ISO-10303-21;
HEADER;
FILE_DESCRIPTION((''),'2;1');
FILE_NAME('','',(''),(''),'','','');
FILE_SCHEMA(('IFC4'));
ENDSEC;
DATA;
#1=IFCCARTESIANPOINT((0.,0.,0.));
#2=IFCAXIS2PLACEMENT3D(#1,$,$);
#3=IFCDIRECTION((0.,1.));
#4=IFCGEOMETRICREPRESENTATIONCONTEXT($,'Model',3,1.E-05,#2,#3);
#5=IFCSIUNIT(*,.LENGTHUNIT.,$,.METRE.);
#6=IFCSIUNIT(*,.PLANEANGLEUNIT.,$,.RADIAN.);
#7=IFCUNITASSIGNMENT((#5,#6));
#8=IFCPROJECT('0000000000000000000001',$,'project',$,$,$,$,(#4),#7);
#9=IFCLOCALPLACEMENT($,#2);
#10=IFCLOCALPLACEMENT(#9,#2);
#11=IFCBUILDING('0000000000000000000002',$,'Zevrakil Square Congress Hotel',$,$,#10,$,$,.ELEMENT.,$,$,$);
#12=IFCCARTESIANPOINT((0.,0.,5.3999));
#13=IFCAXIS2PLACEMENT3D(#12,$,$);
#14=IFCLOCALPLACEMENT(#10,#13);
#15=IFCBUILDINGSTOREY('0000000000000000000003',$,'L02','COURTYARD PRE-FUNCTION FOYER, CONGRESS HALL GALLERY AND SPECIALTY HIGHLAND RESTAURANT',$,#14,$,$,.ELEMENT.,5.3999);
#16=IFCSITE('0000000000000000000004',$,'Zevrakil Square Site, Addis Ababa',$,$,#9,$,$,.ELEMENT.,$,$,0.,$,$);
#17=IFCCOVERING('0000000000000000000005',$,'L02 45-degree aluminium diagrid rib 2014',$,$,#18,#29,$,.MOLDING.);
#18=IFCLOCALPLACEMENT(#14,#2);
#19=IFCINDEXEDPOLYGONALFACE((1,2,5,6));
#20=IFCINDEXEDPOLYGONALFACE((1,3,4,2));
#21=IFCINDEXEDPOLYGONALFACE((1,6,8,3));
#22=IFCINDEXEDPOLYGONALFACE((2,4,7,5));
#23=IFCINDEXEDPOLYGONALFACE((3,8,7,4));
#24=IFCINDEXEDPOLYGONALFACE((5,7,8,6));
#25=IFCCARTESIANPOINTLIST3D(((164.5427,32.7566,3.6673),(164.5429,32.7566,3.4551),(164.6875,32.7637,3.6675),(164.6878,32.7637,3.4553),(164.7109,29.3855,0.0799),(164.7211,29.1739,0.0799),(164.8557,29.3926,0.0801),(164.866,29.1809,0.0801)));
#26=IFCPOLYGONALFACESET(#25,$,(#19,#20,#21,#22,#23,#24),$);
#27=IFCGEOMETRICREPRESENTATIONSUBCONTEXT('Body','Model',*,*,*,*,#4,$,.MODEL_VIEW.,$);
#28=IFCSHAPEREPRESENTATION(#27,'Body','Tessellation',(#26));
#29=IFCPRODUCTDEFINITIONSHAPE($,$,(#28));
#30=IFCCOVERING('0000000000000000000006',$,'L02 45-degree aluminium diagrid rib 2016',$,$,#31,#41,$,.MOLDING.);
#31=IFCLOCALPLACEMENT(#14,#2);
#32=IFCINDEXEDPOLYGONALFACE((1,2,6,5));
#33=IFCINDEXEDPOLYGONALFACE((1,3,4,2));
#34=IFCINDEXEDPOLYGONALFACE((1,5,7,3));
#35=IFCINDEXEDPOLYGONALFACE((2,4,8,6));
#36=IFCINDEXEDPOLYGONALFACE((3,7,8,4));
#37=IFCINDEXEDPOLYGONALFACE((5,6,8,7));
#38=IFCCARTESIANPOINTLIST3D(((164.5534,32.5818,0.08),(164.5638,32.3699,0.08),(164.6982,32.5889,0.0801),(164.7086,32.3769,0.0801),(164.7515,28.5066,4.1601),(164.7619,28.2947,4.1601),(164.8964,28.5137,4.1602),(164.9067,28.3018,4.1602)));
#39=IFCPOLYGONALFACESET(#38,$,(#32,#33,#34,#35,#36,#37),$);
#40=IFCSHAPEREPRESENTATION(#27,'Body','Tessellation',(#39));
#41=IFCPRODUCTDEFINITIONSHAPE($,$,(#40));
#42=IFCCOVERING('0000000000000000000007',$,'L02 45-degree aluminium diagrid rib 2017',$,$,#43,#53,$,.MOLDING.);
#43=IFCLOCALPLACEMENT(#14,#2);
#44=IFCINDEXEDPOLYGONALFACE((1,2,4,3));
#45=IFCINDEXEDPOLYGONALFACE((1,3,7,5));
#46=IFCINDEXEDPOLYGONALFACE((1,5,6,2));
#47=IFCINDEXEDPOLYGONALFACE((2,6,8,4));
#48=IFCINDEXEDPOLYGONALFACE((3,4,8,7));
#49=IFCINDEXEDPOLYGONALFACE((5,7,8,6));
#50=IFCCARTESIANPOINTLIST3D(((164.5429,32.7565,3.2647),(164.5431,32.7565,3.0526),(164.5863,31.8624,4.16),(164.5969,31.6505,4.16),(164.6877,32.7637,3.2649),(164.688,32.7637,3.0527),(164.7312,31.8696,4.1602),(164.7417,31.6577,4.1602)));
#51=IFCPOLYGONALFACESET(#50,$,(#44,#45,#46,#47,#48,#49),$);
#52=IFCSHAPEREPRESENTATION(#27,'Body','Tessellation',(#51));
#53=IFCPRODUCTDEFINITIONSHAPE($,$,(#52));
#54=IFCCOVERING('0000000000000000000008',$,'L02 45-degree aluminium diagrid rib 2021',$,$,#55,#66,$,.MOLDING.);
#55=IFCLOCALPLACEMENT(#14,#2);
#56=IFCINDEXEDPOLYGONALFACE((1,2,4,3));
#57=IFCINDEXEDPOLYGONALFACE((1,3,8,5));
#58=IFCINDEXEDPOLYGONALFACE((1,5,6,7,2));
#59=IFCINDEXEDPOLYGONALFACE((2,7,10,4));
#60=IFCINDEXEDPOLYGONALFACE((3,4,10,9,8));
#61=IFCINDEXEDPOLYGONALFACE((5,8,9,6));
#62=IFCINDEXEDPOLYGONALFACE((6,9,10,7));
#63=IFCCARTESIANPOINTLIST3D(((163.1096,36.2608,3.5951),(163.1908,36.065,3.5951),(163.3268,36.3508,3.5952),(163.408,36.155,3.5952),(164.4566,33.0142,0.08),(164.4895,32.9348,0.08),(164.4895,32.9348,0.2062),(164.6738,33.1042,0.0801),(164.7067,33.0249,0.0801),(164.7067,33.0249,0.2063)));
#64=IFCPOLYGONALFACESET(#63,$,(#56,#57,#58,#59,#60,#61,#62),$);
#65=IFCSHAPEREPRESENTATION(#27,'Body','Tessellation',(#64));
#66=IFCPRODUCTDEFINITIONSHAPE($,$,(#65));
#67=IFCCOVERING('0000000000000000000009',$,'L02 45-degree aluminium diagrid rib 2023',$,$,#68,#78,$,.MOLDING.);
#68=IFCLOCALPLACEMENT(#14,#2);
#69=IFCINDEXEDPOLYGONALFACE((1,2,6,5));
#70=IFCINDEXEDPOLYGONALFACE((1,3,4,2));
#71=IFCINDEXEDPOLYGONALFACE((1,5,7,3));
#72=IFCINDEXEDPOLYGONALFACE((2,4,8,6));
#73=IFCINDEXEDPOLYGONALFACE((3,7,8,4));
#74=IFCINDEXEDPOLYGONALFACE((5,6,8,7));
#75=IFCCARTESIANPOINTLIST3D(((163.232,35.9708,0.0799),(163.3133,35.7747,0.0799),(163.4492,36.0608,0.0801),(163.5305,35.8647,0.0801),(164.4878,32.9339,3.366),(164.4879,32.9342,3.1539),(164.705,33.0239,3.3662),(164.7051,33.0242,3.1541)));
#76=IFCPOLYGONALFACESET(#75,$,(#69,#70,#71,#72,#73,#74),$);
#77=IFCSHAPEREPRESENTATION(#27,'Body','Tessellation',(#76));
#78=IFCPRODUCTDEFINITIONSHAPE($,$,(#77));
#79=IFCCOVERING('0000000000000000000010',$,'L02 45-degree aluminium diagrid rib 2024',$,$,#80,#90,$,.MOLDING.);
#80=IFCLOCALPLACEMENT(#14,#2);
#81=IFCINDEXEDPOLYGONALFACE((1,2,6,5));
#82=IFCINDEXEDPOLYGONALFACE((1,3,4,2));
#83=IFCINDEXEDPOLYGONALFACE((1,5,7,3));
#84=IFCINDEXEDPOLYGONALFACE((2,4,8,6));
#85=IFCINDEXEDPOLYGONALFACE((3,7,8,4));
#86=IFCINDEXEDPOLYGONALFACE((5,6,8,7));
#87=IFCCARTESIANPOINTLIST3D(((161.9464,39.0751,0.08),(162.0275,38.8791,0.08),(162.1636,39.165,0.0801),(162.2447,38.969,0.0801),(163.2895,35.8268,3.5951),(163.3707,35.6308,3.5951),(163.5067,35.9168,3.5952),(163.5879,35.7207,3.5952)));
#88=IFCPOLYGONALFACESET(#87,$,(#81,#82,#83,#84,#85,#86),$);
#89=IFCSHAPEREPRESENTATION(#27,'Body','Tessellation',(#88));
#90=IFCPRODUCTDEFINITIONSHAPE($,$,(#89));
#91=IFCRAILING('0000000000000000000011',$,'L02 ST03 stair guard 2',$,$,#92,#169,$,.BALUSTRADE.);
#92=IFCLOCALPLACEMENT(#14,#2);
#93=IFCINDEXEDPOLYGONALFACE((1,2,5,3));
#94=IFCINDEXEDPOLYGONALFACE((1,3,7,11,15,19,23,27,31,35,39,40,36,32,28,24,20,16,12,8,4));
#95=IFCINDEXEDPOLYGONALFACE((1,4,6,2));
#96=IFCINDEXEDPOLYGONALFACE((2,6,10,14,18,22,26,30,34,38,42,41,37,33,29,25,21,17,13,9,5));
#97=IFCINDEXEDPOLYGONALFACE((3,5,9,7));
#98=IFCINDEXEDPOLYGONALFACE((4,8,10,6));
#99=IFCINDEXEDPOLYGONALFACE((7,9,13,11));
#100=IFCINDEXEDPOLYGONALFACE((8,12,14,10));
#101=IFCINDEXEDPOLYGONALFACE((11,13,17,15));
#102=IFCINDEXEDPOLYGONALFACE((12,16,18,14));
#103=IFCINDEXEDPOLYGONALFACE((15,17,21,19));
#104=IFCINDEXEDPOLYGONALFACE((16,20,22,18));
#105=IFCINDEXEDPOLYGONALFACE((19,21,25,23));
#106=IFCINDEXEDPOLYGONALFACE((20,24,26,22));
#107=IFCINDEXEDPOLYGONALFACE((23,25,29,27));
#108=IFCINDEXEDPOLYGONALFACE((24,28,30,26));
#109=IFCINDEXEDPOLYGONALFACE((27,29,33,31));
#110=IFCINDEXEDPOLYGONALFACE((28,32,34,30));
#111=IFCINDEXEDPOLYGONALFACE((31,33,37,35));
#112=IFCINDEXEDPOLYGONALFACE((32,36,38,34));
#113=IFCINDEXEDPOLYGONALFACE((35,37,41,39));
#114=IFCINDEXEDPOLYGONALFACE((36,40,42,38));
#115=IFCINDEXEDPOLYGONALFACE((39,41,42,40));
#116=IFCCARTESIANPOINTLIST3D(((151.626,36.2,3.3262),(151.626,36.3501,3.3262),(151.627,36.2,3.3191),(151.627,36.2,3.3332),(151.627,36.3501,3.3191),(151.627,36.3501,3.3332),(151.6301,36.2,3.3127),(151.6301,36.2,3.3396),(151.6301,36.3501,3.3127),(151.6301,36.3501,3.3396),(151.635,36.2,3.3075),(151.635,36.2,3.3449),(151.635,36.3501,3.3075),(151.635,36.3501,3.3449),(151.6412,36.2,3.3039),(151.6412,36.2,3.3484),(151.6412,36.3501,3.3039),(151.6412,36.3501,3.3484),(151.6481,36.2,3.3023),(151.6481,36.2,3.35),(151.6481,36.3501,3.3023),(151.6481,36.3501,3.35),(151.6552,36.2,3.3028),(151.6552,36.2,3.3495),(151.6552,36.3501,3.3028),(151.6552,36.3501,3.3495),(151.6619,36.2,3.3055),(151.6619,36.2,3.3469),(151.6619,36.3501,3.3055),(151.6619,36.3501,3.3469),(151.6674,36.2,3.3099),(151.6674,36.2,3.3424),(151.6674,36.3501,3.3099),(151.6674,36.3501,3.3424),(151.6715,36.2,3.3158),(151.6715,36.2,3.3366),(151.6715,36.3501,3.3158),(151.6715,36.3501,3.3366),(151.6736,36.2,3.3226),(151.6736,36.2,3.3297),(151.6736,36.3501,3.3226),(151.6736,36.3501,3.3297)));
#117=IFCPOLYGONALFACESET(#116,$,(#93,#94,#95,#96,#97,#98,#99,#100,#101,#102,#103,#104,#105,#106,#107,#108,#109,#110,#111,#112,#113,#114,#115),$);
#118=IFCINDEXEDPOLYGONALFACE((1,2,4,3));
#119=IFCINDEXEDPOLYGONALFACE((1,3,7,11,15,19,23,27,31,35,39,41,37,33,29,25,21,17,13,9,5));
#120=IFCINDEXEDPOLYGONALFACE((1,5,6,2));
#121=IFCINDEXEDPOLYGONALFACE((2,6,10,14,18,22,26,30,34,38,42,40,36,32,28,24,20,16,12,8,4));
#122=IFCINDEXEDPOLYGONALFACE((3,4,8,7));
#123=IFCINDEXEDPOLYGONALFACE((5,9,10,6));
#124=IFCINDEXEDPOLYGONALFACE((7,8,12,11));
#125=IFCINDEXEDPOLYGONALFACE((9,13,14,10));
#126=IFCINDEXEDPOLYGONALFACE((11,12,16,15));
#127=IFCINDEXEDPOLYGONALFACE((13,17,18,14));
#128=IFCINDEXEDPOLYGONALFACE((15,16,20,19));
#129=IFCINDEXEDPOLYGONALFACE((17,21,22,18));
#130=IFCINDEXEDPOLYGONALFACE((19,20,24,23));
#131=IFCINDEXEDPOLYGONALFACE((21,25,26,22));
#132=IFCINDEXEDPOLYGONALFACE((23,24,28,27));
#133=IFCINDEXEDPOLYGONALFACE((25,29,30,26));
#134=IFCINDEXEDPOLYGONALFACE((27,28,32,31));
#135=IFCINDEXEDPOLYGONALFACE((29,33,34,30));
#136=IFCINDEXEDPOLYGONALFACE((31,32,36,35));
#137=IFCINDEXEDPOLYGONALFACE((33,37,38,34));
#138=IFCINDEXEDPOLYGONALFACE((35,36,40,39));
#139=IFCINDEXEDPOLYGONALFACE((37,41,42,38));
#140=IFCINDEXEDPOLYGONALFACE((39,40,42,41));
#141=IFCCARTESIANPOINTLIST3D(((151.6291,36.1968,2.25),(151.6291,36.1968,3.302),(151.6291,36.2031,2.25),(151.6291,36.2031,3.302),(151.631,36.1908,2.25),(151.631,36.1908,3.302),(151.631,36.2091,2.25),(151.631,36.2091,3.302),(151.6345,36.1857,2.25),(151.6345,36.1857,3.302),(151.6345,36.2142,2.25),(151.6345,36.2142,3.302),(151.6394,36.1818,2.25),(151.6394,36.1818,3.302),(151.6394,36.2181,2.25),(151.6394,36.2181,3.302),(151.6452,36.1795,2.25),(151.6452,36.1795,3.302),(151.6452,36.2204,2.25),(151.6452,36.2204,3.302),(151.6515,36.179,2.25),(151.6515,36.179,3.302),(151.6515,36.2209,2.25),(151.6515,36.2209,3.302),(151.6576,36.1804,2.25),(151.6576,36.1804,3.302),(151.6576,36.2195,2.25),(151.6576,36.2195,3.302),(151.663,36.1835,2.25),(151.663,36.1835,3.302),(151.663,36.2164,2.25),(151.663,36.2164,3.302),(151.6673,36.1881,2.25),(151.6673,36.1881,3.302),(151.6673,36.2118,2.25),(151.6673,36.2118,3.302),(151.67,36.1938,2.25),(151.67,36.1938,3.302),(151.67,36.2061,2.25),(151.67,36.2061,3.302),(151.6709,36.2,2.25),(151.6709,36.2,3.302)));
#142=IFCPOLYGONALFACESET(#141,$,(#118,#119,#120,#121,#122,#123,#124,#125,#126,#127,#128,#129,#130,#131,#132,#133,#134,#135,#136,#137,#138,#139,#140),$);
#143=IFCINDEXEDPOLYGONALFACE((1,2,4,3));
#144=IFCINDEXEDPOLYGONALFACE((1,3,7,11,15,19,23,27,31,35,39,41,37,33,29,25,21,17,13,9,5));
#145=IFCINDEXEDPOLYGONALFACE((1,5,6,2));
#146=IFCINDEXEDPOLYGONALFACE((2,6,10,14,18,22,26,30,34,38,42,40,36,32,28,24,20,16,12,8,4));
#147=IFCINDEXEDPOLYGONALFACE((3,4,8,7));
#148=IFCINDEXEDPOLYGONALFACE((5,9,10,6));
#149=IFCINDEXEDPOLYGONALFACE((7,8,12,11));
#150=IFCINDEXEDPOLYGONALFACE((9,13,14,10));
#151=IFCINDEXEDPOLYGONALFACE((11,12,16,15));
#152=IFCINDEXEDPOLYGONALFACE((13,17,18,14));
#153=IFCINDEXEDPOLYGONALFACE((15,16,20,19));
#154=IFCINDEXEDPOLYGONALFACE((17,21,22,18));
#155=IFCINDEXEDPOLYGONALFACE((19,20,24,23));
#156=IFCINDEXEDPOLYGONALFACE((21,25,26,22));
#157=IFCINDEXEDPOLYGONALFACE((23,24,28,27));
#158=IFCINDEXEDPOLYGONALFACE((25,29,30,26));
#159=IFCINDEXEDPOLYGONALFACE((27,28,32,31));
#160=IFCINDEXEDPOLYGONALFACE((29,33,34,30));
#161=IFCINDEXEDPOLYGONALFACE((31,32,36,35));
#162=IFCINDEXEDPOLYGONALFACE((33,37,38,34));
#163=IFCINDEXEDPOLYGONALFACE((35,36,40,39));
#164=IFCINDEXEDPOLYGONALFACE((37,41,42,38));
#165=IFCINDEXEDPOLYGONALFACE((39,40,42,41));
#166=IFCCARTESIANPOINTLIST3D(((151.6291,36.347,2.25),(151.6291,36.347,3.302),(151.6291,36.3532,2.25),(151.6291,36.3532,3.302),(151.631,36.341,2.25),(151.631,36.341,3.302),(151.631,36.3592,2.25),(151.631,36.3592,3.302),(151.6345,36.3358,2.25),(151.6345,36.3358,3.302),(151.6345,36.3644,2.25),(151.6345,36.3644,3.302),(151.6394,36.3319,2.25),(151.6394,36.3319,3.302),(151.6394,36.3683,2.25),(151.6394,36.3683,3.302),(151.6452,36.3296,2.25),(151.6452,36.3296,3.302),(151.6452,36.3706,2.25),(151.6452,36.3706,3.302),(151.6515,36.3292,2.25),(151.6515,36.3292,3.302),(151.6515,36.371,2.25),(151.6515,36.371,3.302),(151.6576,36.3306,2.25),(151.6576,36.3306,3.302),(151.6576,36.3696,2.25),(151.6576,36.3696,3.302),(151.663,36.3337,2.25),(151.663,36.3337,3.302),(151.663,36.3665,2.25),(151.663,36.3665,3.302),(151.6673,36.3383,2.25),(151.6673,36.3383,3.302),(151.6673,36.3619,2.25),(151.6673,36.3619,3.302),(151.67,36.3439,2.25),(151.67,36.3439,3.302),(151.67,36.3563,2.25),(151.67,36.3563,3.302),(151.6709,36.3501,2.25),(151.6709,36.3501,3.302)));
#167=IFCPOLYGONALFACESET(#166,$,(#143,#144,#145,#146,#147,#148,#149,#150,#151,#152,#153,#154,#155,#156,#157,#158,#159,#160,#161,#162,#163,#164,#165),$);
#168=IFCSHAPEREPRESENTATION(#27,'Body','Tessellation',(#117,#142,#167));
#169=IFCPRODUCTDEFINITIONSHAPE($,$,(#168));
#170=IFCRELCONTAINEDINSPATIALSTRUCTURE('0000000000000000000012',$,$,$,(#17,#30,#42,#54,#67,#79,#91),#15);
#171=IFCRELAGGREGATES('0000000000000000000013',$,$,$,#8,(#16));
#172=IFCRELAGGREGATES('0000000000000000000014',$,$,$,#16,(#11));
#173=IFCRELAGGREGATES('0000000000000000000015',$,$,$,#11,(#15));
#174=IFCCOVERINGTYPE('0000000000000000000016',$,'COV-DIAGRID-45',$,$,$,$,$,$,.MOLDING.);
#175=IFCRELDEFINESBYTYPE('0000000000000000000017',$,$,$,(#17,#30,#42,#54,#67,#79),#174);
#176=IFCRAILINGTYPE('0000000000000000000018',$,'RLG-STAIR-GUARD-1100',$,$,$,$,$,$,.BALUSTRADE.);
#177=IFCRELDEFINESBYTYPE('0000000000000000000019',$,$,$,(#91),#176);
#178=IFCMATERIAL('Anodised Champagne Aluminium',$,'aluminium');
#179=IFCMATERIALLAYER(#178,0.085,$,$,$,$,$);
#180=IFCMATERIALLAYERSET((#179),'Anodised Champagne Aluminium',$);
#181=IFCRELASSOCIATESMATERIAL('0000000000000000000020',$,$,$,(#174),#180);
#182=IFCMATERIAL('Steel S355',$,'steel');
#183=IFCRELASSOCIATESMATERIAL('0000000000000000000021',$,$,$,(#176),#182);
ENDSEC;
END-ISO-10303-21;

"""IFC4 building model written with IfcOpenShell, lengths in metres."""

from ifc_helpers import new_model, si_unit, direction, frame, origin, origin_2d, place, context, subcontext, project, spatial, polyline, circle, outline, extrude, material, layer, layer_set, type_object, element, save


model = new_model("IFC4")

# Units and contexts
model_context = context("Model", 3, precision=1e-05, world=origin(), true_north=direction((0.0, 1.0)))
body_context = subcontext(model_context, "Body", "Model", "MODEL_VIEW")
ifc_project = project(units=[si_unit("LENGTHUNIT", "METRE"), si_unit("PLANEANGLEUNIT", "RADIAN")], contexts=[model_context])

# Site, building, storey
site_placement = place(None, origin())
site = spatial("IfcSite", under=ifc_project, at=site_placement, Name="Zevrakil Square Site, Addis Ababa", CompositionType="ELEMENT", RefElevation=0.0)
building_placement = place(site_placement, origin())
building = spatial("IfcBuilding", under=site, at=building_placement, Name="Zevrakil Square Congress Hotel", CompositionType="ELEMENT")
storey_placement = place(building_placement, frame((0.0, 0.0, 5.3999)))
storey = spatial("IfcBuildingStorey", under=building, at=storey_placement, Name="L02", Description="COURTYARD PRE-FUNCTION FOYER, CONGRESS HALL GALLERY AND SPECIALTY HIGHLAND RESTAURANT", CompositionType="ELEMENT", Elevation=5.3999)

# Coverings
ifc_material_1 = material(Name="Anodised Champagne Aluminium", Category="aluminium")
ifc_layer_1 = layer(ifc_material_1, 0.085)
ifc_layer_set_1 = layer_set([ifc_layer_1], Name="Anodised Champagne Aluminium")
covering_type_1 = type_object("IfcCoveringType", Name="COV-DIAGRID-45", PredefinedType="MOLDING", material=ifc_layer_set_1)
covering_1_placement = place(storey_placement, frame((164.8557, 29.3926, 0.0801), z_axis=(0.998822, 0.048498, 0.001261), x_axis=(0.048498, -0.998823, 0.0)))
element("IfcCovering", 1, at=covering_1_placement, inside=storey, type_object=covering_type_1, Name="L02 45-degree aluminium diagrid rib 2014", PredefinedType="MOLDING", context=body_context, shape_type="SweptSolid", body=[
    extrude(outline(polyline([(0.0, 0.0), (0.2119, 0.0), (-3.3753, -3.5874), (-3.3753, -3.3752), (0.0, 0.0)])), origin(), (0.0, 0.0, -1.0), 0.145),
])
covering_2_placement = place(storey_placement, frame((164.9067, 28.3018, 4.1602), z_axis=(0.998803, 0.048905, 0.000346), x_axis=(-0.048905, 0.998803, 0.0)))
element("IfcCovering", 2, at=covering_2_placement, inside=storey, type_object=covering_type_1, Name="L02 45-degree aluminium diagrid rib 2016", PredefinedType="MOLDING", context=body_context, shape_type="SweptSolid", body=[
    extrude(outline(polyline([(0.0, 0.0), (0.2122, 0.0), (4.2922, -4.0801), (4.08, -4.0801), (0.0, 0.0)])), origin(), (0.0, 0.0, -1.0), 0.145),
])
covering_3_placement = place(storey_placement, frame((164.7417, 31.6577, 4.1602), z_axis=(0.99877, 0.049577, 0.001051), x_axis=(-0.049577, 0.99877, 0.0)))
element("IfcCovering", 3, at=covering_3_placement, inside=storey, type_object=covering_type_1, Name="L02 45-degree aluminium diagrid rib 2017", PredefinedType="MOLDING", context=body_context, shape_type="SweptSolid", body=[
    extrude(outline(polyline([(0.0, 0.0), (0.2122, 0.0), (1.1073, -0.8953), (1.1073, -1.1074), (0.0, 0.0)])), origin(), (0.0, 0.0, -1.0), 0.145),
])
covering_4_placement = place(storey_placement, frame((164.6738, 33.1042, 0.0801), z_axis=(0.923773, 0.382941, 0.000318), x_axis=(0.382941, -0.923773, 0.0)))
element("IfcCovering", 4, at=covering_4_placement, inside=storey, type_object=covering_type_1, Name="L02 45-degree aluminium diagrid rib 2021", PredefinedType="MOLDING", context=body_context, shape_type="SweptSolid", body=[
    extrude(outline(polyline([(0.0, 0.0), (0.0859, 0.0), (0.0859, -0.1262), (-3.303, -3.5151), (-3.5149, -3.5151), (0.0, 0.0)])), origin(), (0.0, 0.0, -1.0), 0.2351),
])
covering_5_placement = place(storey_placement, frame((164.7051, 33.0242, 3.1541), z_axis=(0.92383, 0.382802, 0.000723), x_axis=(-0.000261, -0.001259, 0.999999)))
element("IfcCovering", 5, at=covering_5_placement, inside=storey, type_object=covering_type_1, Name="L02 45-degree aluminium diagrid rib 2023", PredefinedType="MOLDING", context=body_context, shape_type="SweptSolid", body=[
    extrude(outline(polyline([(0.0, 0.0), (0.2122, 0.0), (-3.0775, -3.2828), (-3.0772, -3.0706), (0.0, 0.0)])), origin(), (0.0, 0.0, -1.0), 0.2351),
])
covering_6_placement = place(storey_placement, frame((163.5879, 35.7207, 3.5952), z_axis=(0.923926, 0.382572, 0.000496), x_axis=(-0.382572, 0.923926, 0.0)))
element("IfcCovering", 6, at=covering_6_placement, inside=storey, type_object=covering_type_1, Name="L02 45-degree aluminium diagrid rib 2024", PredefinedType="MOLDING", context=body_context, shape_type="SweptSolid", body=[
    extrude(outline(polyline([(0.0, 0.0), (0.2122, 0.0), (3.7272, -3.5151), (3.5151, -3.5151), (0.0, 0.0)])), origin(), (0.0, 0.0, -1.0), 0.2351),
])

# Railing
ifc_material_2 = material(Name="Steel S355", Category="steel")
railing_type = type_object("IfcRailingType", Name="RLG-STAIR-GUARD-1100", PredefinedType="BALUSTRADE", material=ifc_material_2)
railing_placement = place(storey_placement, frame((151.6499, 36.2, 2.25)))
element("IfcRailing", 7, at=railing_placement, inside=storey, type_object=railing_type, Name="L02 ST03 stair guard 2", PredefinedType="BALUSTRADE", context=body_context, shape_type="SweptSolid", body=[
    extrude(circle(Radius=0.0239, at=origin_2d()), frame((0.0, 0.0, 1.0762), z_axis=(0.0, 1.0, 0.0), x_axis=(-1.0, 0.0, 0.0)), (0.0, 0.0, 1.0), 0.1501),
    extrude(circle(Radius=0.021, at=origin_2d()), origin(), (0.0, 0.0, 1.0), 1.052),
    extrude(circle(Radius=0.021, at=origin_2d()), frame((0.0, 0.1501, 0.0)), (0.0, 0.0, 1.0), 1.052),
])

save(model, "model.ifc")
